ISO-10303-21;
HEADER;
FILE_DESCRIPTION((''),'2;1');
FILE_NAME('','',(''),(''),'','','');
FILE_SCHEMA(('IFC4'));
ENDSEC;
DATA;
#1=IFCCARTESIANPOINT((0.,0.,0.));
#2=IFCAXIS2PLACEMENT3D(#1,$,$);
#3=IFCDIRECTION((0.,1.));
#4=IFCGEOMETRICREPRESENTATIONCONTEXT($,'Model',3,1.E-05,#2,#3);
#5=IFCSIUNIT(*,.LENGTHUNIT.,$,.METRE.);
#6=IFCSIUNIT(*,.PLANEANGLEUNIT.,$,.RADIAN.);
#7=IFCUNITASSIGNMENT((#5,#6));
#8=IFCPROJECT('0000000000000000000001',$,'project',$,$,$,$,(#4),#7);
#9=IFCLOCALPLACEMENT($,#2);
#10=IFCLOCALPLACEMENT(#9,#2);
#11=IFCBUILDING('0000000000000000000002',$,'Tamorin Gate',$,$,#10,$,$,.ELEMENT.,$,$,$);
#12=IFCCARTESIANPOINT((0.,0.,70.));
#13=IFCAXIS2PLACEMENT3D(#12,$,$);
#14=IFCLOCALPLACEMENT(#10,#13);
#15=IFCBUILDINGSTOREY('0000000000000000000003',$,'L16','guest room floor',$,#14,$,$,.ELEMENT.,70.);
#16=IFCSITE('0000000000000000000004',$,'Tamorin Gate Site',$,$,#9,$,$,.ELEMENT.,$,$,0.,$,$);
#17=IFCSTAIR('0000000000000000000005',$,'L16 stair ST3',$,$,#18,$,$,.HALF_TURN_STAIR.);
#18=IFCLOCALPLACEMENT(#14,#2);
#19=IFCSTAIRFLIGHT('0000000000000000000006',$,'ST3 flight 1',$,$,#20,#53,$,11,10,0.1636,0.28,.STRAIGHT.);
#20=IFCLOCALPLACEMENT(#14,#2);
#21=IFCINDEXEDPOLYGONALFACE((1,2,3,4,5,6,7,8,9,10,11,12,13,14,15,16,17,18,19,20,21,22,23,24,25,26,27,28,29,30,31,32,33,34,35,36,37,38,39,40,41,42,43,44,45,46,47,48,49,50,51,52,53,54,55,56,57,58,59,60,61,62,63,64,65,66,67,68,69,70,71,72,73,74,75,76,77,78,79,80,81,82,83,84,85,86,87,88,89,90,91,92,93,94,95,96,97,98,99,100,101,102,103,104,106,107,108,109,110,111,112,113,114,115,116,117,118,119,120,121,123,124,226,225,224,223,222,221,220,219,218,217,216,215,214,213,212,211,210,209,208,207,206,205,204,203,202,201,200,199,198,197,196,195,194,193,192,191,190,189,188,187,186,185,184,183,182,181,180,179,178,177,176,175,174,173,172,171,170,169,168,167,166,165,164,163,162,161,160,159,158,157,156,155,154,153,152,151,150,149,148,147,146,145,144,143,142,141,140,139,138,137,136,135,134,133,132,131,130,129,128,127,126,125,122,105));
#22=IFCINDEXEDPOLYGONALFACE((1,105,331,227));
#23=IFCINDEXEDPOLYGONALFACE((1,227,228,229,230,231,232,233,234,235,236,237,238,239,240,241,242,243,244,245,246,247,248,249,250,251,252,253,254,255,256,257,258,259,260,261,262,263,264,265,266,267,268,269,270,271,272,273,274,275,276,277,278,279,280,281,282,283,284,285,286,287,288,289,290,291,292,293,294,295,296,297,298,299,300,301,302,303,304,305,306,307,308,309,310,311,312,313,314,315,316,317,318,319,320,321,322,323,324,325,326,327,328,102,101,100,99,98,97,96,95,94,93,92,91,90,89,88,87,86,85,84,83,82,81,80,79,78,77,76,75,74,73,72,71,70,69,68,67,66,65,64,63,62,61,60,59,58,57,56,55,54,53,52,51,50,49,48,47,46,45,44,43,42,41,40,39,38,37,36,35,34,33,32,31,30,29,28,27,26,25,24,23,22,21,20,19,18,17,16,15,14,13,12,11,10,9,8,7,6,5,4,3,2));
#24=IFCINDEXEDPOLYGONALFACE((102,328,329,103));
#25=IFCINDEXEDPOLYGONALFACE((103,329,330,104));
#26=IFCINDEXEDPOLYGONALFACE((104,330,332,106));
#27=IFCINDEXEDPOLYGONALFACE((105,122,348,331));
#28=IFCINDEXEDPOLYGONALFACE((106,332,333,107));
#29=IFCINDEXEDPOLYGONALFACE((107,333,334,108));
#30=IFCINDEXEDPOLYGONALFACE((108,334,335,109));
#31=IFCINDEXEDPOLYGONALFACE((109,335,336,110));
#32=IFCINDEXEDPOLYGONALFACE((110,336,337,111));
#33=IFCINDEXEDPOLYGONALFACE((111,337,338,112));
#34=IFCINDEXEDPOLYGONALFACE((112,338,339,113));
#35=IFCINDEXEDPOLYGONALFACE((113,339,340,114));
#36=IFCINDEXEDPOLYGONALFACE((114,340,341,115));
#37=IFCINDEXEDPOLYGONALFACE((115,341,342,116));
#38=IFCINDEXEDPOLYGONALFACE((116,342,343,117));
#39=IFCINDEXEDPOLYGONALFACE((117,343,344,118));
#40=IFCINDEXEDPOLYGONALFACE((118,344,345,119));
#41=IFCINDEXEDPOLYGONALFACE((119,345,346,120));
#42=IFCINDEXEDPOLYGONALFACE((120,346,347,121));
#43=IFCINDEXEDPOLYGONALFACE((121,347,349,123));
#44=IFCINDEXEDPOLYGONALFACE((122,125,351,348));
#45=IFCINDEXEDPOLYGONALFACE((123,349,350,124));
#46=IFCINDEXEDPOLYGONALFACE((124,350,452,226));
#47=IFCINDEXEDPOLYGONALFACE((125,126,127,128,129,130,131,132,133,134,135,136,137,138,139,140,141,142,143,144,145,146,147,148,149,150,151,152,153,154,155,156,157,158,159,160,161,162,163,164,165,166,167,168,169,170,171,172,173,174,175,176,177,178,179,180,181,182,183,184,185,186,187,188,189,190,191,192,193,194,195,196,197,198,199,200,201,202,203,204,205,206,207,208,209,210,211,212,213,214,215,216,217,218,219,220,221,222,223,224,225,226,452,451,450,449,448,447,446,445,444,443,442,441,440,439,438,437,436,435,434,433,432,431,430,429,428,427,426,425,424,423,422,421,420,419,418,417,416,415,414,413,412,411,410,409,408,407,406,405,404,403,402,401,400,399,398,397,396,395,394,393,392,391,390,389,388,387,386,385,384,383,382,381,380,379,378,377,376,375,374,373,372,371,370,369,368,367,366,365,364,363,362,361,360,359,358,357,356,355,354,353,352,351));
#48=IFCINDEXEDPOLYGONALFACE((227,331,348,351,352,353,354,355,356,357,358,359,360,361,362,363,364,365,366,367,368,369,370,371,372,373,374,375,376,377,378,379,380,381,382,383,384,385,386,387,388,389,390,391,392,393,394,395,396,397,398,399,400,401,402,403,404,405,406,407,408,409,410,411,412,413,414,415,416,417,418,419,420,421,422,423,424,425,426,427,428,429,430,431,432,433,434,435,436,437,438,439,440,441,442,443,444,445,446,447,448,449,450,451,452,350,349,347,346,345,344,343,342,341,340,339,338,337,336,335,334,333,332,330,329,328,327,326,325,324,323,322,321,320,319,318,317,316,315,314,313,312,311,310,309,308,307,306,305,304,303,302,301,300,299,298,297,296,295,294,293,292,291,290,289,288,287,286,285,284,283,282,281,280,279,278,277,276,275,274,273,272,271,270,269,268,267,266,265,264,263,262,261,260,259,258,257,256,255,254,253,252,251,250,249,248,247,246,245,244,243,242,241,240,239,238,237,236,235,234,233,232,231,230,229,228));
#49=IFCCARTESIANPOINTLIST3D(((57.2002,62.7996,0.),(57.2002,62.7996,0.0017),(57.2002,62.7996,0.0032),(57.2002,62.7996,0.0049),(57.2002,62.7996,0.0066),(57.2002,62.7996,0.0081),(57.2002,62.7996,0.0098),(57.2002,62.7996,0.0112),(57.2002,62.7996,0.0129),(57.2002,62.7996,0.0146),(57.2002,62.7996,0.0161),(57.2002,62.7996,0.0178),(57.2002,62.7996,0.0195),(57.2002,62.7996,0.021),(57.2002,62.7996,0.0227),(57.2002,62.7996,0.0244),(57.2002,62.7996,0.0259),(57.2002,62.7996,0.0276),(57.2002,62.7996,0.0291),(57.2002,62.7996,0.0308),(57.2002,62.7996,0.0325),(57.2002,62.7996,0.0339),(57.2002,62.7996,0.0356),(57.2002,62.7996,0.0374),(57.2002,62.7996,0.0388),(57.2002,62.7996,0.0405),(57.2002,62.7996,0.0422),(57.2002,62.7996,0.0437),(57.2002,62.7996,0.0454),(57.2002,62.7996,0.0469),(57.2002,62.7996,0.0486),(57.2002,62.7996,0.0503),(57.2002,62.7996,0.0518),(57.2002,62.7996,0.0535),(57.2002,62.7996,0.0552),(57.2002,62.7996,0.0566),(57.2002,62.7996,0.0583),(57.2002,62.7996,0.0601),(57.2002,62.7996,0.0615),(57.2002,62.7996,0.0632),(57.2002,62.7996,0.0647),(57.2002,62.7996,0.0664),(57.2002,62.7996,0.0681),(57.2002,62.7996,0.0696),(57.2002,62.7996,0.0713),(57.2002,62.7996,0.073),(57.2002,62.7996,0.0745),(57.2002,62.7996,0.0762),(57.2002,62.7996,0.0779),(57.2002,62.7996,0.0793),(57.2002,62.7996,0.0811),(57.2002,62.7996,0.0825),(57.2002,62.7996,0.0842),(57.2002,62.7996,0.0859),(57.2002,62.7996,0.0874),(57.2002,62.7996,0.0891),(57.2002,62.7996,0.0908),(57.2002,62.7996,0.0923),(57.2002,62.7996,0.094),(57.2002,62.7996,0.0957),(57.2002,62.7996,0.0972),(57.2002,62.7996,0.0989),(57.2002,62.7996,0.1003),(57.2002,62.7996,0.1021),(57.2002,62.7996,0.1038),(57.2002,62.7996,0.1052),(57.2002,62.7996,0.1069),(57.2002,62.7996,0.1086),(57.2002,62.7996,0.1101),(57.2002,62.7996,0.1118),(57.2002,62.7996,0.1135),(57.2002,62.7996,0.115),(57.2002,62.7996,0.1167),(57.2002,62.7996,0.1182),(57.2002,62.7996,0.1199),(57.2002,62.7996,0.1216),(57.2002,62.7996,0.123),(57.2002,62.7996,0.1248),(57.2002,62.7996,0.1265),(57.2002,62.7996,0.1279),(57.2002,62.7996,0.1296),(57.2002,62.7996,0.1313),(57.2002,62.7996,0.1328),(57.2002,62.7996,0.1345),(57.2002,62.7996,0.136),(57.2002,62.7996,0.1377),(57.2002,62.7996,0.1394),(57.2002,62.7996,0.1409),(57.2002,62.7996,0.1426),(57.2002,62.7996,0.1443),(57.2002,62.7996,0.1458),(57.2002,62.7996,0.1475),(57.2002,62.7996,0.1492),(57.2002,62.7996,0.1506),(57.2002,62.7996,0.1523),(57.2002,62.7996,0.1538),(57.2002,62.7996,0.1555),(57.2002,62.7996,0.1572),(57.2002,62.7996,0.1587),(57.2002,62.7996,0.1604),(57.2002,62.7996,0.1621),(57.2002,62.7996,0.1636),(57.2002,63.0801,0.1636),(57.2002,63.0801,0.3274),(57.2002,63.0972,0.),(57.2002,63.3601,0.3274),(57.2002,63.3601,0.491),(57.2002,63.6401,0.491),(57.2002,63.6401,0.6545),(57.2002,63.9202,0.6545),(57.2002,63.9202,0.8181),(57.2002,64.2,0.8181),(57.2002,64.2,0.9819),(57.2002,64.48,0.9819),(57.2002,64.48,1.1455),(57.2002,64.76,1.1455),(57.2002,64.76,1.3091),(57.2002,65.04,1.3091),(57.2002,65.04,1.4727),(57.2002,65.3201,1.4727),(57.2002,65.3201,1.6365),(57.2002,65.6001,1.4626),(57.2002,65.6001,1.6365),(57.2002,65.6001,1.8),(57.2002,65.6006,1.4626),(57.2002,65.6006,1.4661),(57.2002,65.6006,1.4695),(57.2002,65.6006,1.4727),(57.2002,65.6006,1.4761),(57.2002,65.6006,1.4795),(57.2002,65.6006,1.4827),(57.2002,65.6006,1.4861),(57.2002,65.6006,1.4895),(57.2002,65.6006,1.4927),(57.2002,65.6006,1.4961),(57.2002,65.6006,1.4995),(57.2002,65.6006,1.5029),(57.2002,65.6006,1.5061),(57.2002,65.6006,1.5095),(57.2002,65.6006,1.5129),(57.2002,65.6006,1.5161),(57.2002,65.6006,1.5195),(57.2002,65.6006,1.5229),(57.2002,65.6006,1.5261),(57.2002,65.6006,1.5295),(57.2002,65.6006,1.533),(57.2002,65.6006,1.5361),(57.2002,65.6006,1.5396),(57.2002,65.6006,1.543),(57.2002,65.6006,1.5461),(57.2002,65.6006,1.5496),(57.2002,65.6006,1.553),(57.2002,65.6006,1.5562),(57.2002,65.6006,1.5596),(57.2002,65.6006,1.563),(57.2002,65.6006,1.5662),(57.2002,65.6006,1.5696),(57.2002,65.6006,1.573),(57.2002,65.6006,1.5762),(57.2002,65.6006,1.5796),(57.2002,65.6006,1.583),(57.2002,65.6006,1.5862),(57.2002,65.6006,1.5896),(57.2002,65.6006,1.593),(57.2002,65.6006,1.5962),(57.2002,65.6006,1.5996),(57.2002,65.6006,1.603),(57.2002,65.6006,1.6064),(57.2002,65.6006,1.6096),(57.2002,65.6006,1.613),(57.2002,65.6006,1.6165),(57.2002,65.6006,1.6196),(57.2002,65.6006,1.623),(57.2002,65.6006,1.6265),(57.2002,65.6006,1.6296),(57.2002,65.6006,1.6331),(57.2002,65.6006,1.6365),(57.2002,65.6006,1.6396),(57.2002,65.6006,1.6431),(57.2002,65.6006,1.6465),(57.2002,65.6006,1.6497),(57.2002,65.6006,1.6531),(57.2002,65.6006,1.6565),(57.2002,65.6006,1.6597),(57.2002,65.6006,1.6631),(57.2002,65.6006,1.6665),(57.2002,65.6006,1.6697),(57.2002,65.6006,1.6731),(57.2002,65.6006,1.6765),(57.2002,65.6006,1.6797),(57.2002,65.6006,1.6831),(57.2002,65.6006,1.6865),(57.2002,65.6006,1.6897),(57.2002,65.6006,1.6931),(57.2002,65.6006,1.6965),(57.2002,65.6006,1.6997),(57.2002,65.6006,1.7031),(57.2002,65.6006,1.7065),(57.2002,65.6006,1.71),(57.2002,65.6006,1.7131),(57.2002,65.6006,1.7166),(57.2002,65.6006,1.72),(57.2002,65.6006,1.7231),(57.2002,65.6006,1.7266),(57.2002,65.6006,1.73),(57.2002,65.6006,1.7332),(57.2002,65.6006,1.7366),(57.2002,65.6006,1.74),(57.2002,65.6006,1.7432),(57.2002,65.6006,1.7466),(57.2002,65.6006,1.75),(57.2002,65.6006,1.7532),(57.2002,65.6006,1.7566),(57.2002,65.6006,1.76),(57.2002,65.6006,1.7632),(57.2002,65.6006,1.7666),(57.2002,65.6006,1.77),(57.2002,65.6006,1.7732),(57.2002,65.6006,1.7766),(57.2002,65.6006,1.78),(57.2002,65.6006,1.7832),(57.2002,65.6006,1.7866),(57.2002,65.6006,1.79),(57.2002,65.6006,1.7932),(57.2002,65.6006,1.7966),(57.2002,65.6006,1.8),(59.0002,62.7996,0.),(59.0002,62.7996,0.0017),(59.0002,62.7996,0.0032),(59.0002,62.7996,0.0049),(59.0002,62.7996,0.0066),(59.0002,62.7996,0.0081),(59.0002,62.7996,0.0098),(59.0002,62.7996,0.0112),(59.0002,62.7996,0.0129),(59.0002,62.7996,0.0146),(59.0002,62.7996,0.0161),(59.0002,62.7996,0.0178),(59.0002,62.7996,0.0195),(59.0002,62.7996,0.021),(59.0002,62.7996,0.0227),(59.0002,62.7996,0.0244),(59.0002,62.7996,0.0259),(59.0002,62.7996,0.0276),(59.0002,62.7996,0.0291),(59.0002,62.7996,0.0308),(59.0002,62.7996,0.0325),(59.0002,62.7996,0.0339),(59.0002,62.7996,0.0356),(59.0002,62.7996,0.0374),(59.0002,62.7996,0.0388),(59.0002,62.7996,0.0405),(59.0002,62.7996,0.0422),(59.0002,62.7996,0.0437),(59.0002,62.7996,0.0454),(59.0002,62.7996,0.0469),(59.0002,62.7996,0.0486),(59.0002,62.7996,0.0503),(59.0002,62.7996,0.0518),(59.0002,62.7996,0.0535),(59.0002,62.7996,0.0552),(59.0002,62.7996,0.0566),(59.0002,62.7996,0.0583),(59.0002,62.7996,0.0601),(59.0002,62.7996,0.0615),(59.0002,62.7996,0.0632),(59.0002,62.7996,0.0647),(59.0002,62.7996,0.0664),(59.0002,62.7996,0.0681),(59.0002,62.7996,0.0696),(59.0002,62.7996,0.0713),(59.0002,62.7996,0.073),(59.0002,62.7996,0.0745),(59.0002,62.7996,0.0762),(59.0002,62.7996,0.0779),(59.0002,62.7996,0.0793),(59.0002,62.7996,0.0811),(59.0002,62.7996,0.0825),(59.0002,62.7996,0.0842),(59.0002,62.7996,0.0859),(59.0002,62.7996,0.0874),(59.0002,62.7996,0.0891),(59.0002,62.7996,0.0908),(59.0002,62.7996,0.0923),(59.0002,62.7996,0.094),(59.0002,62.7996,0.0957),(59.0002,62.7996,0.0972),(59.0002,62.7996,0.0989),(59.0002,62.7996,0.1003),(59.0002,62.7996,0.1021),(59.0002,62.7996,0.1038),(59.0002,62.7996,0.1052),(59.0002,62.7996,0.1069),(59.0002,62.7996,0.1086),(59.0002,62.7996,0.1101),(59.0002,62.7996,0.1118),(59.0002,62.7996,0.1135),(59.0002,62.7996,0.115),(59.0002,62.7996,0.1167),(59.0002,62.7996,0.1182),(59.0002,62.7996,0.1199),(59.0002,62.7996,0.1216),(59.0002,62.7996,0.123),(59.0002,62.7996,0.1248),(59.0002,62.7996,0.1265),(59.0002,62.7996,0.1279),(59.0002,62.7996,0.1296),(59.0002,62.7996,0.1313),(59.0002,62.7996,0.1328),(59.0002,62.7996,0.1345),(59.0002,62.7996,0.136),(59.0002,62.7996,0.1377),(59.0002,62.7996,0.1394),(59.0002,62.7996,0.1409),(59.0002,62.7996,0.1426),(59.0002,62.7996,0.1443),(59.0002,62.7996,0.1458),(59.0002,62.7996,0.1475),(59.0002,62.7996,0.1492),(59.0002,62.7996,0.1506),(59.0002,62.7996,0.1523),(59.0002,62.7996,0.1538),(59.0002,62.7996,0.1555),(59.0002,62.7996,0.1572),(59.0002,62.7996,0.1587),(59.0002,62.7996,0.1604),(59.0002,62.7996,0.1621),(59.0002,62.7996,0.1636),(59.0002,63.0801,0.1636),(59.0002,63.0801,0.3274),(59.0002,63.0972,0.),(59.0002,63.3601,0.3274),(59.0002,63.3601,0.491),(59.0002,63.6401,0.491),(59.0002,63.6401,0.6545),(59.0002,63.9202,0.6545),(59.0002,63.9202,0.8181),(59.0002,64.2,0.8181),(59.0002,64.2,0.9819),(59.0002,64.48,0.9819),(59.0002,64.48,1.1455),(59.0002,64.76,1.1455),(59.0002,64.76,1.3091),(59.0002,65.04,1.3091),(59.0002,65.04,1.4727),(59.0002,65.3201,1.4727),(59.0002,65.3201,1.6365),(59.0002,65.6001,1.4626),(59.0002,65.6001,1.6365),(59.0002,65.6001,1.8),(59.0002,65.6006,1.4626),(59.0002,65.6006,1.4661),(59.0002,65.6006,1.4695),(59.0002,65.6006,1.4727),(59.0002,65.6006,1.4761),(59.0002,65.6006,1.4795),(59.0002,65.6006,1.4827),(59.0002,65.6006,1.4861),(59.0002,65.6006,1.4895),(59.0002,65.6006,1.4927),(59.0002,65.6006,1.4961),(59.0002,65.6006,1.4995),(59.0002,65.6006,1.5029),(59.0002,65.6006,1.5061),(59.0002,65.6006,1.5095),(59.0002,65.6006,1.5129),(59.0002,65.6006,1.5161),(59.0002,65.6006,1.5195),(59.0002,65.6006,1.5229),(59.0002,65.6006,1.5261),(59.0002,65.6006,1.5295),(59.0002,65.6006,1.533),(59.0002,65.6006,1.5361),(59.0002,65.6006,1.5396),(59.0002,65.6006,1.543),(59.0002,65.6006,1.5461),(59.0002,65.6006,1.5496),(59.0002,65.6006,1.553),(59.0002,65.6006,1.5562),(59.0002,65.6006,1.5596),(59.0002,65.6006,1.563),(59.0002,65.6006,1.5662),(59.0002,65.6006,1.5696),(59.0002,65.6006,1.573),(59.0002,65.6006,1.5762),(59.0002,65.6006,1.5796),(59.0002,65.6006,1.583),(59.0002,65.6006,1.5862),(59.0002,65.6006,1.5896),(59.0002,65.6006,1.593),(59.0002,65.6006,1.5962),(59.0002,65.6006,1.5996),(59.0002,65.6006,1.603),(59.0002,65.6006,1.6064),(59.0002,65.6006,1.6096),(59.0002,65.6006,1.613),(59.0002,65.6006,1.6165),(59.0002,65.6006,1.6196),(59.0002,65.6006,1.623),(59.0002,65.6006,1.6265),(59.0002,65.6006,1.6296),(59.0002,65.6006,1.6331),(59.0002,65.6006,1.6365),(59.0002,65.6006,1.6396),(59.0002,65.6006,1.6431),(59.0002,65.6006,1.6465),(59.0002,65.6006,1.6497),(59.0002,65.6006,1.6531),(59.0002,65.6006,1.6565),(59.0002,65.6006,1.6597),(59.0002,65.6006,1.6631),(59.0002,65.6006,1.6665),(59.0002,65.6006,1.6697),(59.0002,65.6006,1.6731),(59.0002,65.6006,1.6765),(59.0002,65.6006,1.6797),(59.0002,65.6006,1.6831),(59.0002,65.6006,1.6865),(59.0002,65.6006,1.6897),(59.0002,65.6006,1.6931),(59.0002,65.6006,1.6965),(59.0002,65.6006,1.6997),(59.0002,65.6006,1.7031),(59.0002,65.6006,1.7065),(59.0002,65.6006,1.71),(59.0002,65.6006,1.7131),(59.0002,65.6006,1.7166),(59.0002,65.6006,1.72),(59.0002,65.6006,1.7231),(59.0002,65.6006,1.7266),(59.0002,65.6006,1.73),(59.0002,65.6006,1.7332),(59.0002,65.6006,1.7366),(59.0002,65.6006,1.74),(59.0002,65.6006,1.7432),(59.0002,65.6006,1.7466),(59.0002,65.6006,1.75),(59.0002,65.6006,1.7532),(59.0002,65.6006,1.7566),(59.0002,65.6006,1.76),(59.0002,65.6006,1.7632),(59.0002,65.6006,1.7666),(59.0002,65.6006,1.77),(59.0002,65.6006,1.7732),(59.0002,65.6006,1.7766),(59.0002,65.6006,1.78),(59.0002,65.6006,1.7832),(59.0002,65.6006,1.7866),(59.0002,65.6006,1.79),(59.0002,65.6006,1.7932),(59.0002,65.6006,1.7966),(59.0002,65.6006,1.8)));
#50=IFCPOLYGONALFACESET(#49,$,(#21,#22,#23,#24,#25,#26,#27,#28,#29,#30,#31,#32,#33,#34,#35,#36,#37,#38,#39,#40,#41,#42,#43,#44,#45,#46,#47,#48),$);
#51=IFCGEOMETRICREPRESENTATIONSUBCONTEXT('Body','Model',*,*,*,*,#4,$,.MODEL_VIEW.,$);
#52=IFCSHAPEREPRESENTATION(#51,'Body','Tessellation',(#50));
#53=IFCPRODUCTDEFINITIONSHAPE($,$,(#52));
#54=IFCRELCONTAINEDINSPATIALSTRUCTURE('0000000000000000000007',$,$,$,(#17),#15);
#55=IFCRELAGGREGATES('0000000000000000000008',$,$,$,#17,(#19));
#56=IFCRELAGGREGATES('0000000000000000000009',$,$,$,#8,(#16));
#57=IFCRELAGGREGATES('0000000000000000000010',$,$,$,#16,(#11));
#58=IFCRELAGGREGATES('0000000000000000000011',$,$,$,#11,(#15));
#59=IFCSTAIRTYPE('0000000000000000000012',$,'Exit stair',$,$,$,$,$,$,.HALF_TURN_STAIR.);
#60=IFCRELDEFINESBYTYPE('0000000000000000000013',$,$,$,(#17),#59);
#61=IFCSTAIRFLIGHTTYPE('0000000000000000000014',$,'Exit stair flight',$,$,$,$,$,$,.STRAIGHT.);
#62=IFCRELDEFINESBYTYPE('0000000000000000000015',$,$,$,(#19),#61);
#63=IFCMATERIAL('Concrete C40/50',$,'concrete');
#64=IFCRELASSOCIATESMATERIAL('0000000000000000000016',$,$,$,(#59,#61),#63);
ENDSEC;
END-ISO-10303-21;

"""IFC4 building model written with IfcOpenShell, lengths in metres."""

from ifc_helpers import new_model, si_unit, direction, frame, origin, place, context, subcontext, project, spatial, polyline, outline, extrude, material, type_object, element, aggregate, save


model = new_model("IFC4")

# Units and contexts
model_context = context("Model", 3, precision=1e-05, world=origin(), true_north=direction((0.0, 1.0)))
body_context = subcontext(model_context, "Body", "Model", "MODEL_VIEW")
ifc_project = project(units=[si_unit("LENGTHUNIT", "METRE"), si_unit("PLANEANGLEUNIT", "RADIAN")], contexts=[model_context])

# Site, building, storey
site_placement = place(None, origin())
site = spatial("IfcSite", under=ifc_project, at=site_placement, Name="Tamorin Gate Site", CompositionType="ELEMENT", RefElevation=0.0)
building_placement = place(site_placement, origin())
building = spatial("IfcBuilding", under=site, at=building_placement, Name="Tamorin Gate", CompositionType="ELEMENT")
storey_placement = place(building_placement, frame((0.0, 0.0, 70.0)))
storey = spatial("IfcBuildingStorey", under=building, at=storey_placement, Name="L16", Description="guest room floor", CompositionType="ELEMENT", Elevation=70.0)

# Shared definitions
ifc_material_1 = material(Name="Concrete C40/50", Category="concrete")

# Stair, stair flight
stair_type = type_object("IfcStairType", Name="Exit stair", PredefinedType="HALF_TURN_STAIR", material=ifc_material_1)
stair_placement = place(storey_placement, origin())
stair = element("IfcStair", 1, at=stair_placement, inside=storey, type_object=stair_type, Name="L16 stair ST3", PredefinedType="HALF_TURN_STAIR")
stair_flight_type = type_object("IfcStairFlightType", Name="Exit stair flight", PredefinedType="STRAIGHT", material=ifc_material_1)
stair_flight_1_placement = place(storey_placement, frame((58.1001, 62.8, 0.0), z_axis=(0.0, 0.0, 1.0), x_axis=(0.0, 1.0, 0.0)))
stair_flight_1 = element("IfcStairFlight", 2, at=stair_flight_1_placement, type_object=stair_flight_type, Name="ST3 flight 1", NumberOfRisers=11, NumberOfTreads=10, PredefinedType="STRAIGHT", RiserHeight=0.1636, TreadLength=0.28, context=body_context, shape_type="SweptSolid", body=[
    extrude(outline(polyline([(-0.0005, 0.0), (-0.0005, 0.0017), (-0.0005, 0.0032), (-0.0005, 0.0049), (-0.0005, 0.0066), (-0.0005, 0.0081), (-0.0005, 0.0098), (-0.0005, 0.0112), (-0.0005, 0.0129), (-0.0005, 0.0146), (-0.0005, 0.0161), (-0.0005, 0.0178), (-0.0005, 0.0195), (-0.0005, 0.021), (-0.0005, 0.0227), (-0.0005, 0.0244), (-0.0005, 0.0259), (-0.0005, 0.0276), (-0.0005, 0.0291), (-0.0005, 0.0308), (-0.0005, 0.0325), (-0.0005, 0.0339), (-0.0005, 0.0356), (-0.0005, 0.0374), (-0.0005, 0.0388), (-0.0005, 0.0405), (-0.0005, 0.0422), (-0.0005, 0.0437), (-0.0005, 0.0454), (-0.0005, 0.0469), (-0.0005, 0.0486), (-0.0005, 0.0503), (-0.0005, 0.0518), (-0.0005, 0.0535), (-0.0005, 0.0552), (-0.0005, 0.0566), (-0.0005, 0.0583), (-0.0005, 0.0601), (-0.0005, 0.0615), (-0.0005, 0.0632), (-0.0005, 0.0647), (-0.0005, 0.0664), (-0.0005, 0.0681), (-0.0005, 0.0696), (-0.0005, 0.0713), (-0.0005, 0.073), (-0.0005, 0.0745), (-0.0005, 0.0762), (-0.0005, 0.0779), (-0.0005, 0.0793), (-0.0005, 0.0811), (-0.0005, 0.0825), (-0.0005, 0.0842), (-0.0005, 0.0859), (-0.0005, 0.0874), (-0.0005, 0.0891), (-0.0005, 0.0908), (-0.0005, 0.0923), (-0.0005, 0.094), (-0.0005, 0.0957), (-0.0005, 0.0972), (-0.0005, 0.0989), (-0.0005, 0.1003), (-0.0005, 0.1021), (-0.0005, 0.1038), (-0.0005, 0.1052), (-0.0005, 0.1069), (-0.0005, 0.1086), (-0.0005, 0.1101), (-0.0005, 0.1118), (-0.0005, 0.1135), (-0.0005, 0.115), (-0.0005, 0.1167), (-0.0005, 0.1182), (-0.0005, 0.1199), (-0.0005, 0.1216), (-0.0005, 0.123), (-0.0005, 0.1248), (-0.0005, 0.1265), (-0.0005, 0.1279), (-0.0005, 0.1296), (-0.0005, 0.1313), (-0.0005, 0.1328), (-0.0005, 0.1345), (-0.0005, 0.136), (-0.0005, 0.1377), (-0.0005, 0.1394), (-0.0005, 0.1409), (-0.0005, 0.1426), (-0.0005, 0.1443), (-0.0005, 0.1458), (-0.0005, 0.1475), (-0.0005, 0.1492), (-0.0005, 0.1506), (-0.0005, 0.1523), (-0.0005, 0.1538), (-0.0005, 0.1555), (-0.0005, 0.1572), (-0.0005, 0.1587), (-0.0005, 0.1604), (-0.0005, 0.1621), (-0.0005, 0.1636), (0.28, 0.1636), (0.28, 0.3274), (0.5601, 0.3274), (0.5601, 0.491), (0.8401, 0.491), (0.8401, 0.6545), (1.1201, 0.6545), (1.1201, 0.8181), (1.3999, 0.8181), (1.3999, 0.9819), (1.6799, 0.9819), (1.6799, 1.1455), (1.96, 1.1455), (1.96, 1.3091), (2.24, 1.3091), (2.24, 1.4727), (2.52, 1.4727), (2.52, 1.6365), (2.8, 1.6365), (2.8, 1.8), (2.8005, 1.8), (2.8005, 1.7966), (2.8005, 1.7932), (2.8005, 1.79), (2.8005, 1.7866), (2.8005, 1.7832), (2.8005, 1.78), (2.8005, 1.7766), (2.8005, 1.7732), (2.8005, 1.77), (2.8005, 1.7666), (2.8005, 1.7632), (2.8005, 1.76), (2.8005, 1.7566), (2.8005, 1.7532), (2.8005, 1.75), (2.8005, 1.7466), (2.8005, 1.7432), (2.8005, 1.74), (2.8005, 1.7366), (2.8005, 1.7332), (2.8005, 1.73), (2.8005, 1.7266), (2.8005, 1.7231), (2.8005, 1.72), (2.8005, 1.7166), (2.8005, 1.7131), (2.8005, 1.71), (2.8005, 1.7065), (2.8005, 1.7031), (2.8005, 1.6997), (2.8005, 1.6965), (2.8005, 1.6931), (2.8005, 1.6897), (2.8005, 1.6865), (2.8005, 1.6831), (2.8005, 1.6797), (2.8005, 1.6765), (2.8005, 1.6731), (2.8005, 1.6697), (2.8005, 1.6665), (2.8005, 1.6631), (2.8005, 1.6597), (2.8005, 1.6565), (2.8005, 1.6531), (2.8005, 1.6497), (2.8005, 1.6465), (2.8005, 1.6431), (2.8005, 1.6396), (2.8005, 1.6365), (2.8005, 1.6331), (2.8005, 1.6296), (2.8005, 1.6265), (2.8005, 1.623), (2.8005, 1.6196), (2.8005, 1.6165), (2.8005, 1.613), (2.8005, 1.6096), (2.8005, 1.6064), (2.8005, 1.603), (2.8005, 1.5996), (2.8005, 1.5962), (2.8005, 1.593), (2.8005, 1.5896), (2.8005, 1.5862), (2.8005, 1.583), (2.8005, 1.5796), (2.8005, 1.5762), (2.8005, 1.573), (2.8005, 1.5696), (2.8005, 1.5662), (2.8005, 1.563), (2.8005, 1.5596), (2.8005, 1.5562), (2.8005, 1.553), (2.8005, 1.5496), (2.8005, 1.5461), (2.8005, 1.543), (2.8005, 1.5396), (2.8005, 1.5361), (2.8005, 1.533), (2.8005, 1.5295), (2.8005, 1.5261), (2.8005, 1.5229), (2.8005, 1.5195), (2.8005, 1.5161), (2.8005, 1.5129), (2.8005, 1.5095), (2.8005, 1.5061), (2.8005, 1.5029), (2.8005, 1.4995), (2.8005, 1.4961), (2.8005, 1.4927), (2.8005, 1.4895), (2.8005, 1.4861), (2.8005, 1.4827), (2.8005, 1.4795), (2.8005, 1.4761), (2.8005, 1.4727), (2.8005, 1.4695), (2.8005, 1.4661), (2.8005, 1.4626), (2.8, 1.4626), (0.2971, 0.0), (-0.0005, 0.0)])), frame((0.0, 0.8999, 0.0), z_axis=(0.0, -1.0, 0.0), x_axis=(1.0, 0.0, 0.0)), (0.0, 0.0, 1.0), 1.8),
])
aggregate(stair, [stair_flight_1])

save(model, "model.ifc")
